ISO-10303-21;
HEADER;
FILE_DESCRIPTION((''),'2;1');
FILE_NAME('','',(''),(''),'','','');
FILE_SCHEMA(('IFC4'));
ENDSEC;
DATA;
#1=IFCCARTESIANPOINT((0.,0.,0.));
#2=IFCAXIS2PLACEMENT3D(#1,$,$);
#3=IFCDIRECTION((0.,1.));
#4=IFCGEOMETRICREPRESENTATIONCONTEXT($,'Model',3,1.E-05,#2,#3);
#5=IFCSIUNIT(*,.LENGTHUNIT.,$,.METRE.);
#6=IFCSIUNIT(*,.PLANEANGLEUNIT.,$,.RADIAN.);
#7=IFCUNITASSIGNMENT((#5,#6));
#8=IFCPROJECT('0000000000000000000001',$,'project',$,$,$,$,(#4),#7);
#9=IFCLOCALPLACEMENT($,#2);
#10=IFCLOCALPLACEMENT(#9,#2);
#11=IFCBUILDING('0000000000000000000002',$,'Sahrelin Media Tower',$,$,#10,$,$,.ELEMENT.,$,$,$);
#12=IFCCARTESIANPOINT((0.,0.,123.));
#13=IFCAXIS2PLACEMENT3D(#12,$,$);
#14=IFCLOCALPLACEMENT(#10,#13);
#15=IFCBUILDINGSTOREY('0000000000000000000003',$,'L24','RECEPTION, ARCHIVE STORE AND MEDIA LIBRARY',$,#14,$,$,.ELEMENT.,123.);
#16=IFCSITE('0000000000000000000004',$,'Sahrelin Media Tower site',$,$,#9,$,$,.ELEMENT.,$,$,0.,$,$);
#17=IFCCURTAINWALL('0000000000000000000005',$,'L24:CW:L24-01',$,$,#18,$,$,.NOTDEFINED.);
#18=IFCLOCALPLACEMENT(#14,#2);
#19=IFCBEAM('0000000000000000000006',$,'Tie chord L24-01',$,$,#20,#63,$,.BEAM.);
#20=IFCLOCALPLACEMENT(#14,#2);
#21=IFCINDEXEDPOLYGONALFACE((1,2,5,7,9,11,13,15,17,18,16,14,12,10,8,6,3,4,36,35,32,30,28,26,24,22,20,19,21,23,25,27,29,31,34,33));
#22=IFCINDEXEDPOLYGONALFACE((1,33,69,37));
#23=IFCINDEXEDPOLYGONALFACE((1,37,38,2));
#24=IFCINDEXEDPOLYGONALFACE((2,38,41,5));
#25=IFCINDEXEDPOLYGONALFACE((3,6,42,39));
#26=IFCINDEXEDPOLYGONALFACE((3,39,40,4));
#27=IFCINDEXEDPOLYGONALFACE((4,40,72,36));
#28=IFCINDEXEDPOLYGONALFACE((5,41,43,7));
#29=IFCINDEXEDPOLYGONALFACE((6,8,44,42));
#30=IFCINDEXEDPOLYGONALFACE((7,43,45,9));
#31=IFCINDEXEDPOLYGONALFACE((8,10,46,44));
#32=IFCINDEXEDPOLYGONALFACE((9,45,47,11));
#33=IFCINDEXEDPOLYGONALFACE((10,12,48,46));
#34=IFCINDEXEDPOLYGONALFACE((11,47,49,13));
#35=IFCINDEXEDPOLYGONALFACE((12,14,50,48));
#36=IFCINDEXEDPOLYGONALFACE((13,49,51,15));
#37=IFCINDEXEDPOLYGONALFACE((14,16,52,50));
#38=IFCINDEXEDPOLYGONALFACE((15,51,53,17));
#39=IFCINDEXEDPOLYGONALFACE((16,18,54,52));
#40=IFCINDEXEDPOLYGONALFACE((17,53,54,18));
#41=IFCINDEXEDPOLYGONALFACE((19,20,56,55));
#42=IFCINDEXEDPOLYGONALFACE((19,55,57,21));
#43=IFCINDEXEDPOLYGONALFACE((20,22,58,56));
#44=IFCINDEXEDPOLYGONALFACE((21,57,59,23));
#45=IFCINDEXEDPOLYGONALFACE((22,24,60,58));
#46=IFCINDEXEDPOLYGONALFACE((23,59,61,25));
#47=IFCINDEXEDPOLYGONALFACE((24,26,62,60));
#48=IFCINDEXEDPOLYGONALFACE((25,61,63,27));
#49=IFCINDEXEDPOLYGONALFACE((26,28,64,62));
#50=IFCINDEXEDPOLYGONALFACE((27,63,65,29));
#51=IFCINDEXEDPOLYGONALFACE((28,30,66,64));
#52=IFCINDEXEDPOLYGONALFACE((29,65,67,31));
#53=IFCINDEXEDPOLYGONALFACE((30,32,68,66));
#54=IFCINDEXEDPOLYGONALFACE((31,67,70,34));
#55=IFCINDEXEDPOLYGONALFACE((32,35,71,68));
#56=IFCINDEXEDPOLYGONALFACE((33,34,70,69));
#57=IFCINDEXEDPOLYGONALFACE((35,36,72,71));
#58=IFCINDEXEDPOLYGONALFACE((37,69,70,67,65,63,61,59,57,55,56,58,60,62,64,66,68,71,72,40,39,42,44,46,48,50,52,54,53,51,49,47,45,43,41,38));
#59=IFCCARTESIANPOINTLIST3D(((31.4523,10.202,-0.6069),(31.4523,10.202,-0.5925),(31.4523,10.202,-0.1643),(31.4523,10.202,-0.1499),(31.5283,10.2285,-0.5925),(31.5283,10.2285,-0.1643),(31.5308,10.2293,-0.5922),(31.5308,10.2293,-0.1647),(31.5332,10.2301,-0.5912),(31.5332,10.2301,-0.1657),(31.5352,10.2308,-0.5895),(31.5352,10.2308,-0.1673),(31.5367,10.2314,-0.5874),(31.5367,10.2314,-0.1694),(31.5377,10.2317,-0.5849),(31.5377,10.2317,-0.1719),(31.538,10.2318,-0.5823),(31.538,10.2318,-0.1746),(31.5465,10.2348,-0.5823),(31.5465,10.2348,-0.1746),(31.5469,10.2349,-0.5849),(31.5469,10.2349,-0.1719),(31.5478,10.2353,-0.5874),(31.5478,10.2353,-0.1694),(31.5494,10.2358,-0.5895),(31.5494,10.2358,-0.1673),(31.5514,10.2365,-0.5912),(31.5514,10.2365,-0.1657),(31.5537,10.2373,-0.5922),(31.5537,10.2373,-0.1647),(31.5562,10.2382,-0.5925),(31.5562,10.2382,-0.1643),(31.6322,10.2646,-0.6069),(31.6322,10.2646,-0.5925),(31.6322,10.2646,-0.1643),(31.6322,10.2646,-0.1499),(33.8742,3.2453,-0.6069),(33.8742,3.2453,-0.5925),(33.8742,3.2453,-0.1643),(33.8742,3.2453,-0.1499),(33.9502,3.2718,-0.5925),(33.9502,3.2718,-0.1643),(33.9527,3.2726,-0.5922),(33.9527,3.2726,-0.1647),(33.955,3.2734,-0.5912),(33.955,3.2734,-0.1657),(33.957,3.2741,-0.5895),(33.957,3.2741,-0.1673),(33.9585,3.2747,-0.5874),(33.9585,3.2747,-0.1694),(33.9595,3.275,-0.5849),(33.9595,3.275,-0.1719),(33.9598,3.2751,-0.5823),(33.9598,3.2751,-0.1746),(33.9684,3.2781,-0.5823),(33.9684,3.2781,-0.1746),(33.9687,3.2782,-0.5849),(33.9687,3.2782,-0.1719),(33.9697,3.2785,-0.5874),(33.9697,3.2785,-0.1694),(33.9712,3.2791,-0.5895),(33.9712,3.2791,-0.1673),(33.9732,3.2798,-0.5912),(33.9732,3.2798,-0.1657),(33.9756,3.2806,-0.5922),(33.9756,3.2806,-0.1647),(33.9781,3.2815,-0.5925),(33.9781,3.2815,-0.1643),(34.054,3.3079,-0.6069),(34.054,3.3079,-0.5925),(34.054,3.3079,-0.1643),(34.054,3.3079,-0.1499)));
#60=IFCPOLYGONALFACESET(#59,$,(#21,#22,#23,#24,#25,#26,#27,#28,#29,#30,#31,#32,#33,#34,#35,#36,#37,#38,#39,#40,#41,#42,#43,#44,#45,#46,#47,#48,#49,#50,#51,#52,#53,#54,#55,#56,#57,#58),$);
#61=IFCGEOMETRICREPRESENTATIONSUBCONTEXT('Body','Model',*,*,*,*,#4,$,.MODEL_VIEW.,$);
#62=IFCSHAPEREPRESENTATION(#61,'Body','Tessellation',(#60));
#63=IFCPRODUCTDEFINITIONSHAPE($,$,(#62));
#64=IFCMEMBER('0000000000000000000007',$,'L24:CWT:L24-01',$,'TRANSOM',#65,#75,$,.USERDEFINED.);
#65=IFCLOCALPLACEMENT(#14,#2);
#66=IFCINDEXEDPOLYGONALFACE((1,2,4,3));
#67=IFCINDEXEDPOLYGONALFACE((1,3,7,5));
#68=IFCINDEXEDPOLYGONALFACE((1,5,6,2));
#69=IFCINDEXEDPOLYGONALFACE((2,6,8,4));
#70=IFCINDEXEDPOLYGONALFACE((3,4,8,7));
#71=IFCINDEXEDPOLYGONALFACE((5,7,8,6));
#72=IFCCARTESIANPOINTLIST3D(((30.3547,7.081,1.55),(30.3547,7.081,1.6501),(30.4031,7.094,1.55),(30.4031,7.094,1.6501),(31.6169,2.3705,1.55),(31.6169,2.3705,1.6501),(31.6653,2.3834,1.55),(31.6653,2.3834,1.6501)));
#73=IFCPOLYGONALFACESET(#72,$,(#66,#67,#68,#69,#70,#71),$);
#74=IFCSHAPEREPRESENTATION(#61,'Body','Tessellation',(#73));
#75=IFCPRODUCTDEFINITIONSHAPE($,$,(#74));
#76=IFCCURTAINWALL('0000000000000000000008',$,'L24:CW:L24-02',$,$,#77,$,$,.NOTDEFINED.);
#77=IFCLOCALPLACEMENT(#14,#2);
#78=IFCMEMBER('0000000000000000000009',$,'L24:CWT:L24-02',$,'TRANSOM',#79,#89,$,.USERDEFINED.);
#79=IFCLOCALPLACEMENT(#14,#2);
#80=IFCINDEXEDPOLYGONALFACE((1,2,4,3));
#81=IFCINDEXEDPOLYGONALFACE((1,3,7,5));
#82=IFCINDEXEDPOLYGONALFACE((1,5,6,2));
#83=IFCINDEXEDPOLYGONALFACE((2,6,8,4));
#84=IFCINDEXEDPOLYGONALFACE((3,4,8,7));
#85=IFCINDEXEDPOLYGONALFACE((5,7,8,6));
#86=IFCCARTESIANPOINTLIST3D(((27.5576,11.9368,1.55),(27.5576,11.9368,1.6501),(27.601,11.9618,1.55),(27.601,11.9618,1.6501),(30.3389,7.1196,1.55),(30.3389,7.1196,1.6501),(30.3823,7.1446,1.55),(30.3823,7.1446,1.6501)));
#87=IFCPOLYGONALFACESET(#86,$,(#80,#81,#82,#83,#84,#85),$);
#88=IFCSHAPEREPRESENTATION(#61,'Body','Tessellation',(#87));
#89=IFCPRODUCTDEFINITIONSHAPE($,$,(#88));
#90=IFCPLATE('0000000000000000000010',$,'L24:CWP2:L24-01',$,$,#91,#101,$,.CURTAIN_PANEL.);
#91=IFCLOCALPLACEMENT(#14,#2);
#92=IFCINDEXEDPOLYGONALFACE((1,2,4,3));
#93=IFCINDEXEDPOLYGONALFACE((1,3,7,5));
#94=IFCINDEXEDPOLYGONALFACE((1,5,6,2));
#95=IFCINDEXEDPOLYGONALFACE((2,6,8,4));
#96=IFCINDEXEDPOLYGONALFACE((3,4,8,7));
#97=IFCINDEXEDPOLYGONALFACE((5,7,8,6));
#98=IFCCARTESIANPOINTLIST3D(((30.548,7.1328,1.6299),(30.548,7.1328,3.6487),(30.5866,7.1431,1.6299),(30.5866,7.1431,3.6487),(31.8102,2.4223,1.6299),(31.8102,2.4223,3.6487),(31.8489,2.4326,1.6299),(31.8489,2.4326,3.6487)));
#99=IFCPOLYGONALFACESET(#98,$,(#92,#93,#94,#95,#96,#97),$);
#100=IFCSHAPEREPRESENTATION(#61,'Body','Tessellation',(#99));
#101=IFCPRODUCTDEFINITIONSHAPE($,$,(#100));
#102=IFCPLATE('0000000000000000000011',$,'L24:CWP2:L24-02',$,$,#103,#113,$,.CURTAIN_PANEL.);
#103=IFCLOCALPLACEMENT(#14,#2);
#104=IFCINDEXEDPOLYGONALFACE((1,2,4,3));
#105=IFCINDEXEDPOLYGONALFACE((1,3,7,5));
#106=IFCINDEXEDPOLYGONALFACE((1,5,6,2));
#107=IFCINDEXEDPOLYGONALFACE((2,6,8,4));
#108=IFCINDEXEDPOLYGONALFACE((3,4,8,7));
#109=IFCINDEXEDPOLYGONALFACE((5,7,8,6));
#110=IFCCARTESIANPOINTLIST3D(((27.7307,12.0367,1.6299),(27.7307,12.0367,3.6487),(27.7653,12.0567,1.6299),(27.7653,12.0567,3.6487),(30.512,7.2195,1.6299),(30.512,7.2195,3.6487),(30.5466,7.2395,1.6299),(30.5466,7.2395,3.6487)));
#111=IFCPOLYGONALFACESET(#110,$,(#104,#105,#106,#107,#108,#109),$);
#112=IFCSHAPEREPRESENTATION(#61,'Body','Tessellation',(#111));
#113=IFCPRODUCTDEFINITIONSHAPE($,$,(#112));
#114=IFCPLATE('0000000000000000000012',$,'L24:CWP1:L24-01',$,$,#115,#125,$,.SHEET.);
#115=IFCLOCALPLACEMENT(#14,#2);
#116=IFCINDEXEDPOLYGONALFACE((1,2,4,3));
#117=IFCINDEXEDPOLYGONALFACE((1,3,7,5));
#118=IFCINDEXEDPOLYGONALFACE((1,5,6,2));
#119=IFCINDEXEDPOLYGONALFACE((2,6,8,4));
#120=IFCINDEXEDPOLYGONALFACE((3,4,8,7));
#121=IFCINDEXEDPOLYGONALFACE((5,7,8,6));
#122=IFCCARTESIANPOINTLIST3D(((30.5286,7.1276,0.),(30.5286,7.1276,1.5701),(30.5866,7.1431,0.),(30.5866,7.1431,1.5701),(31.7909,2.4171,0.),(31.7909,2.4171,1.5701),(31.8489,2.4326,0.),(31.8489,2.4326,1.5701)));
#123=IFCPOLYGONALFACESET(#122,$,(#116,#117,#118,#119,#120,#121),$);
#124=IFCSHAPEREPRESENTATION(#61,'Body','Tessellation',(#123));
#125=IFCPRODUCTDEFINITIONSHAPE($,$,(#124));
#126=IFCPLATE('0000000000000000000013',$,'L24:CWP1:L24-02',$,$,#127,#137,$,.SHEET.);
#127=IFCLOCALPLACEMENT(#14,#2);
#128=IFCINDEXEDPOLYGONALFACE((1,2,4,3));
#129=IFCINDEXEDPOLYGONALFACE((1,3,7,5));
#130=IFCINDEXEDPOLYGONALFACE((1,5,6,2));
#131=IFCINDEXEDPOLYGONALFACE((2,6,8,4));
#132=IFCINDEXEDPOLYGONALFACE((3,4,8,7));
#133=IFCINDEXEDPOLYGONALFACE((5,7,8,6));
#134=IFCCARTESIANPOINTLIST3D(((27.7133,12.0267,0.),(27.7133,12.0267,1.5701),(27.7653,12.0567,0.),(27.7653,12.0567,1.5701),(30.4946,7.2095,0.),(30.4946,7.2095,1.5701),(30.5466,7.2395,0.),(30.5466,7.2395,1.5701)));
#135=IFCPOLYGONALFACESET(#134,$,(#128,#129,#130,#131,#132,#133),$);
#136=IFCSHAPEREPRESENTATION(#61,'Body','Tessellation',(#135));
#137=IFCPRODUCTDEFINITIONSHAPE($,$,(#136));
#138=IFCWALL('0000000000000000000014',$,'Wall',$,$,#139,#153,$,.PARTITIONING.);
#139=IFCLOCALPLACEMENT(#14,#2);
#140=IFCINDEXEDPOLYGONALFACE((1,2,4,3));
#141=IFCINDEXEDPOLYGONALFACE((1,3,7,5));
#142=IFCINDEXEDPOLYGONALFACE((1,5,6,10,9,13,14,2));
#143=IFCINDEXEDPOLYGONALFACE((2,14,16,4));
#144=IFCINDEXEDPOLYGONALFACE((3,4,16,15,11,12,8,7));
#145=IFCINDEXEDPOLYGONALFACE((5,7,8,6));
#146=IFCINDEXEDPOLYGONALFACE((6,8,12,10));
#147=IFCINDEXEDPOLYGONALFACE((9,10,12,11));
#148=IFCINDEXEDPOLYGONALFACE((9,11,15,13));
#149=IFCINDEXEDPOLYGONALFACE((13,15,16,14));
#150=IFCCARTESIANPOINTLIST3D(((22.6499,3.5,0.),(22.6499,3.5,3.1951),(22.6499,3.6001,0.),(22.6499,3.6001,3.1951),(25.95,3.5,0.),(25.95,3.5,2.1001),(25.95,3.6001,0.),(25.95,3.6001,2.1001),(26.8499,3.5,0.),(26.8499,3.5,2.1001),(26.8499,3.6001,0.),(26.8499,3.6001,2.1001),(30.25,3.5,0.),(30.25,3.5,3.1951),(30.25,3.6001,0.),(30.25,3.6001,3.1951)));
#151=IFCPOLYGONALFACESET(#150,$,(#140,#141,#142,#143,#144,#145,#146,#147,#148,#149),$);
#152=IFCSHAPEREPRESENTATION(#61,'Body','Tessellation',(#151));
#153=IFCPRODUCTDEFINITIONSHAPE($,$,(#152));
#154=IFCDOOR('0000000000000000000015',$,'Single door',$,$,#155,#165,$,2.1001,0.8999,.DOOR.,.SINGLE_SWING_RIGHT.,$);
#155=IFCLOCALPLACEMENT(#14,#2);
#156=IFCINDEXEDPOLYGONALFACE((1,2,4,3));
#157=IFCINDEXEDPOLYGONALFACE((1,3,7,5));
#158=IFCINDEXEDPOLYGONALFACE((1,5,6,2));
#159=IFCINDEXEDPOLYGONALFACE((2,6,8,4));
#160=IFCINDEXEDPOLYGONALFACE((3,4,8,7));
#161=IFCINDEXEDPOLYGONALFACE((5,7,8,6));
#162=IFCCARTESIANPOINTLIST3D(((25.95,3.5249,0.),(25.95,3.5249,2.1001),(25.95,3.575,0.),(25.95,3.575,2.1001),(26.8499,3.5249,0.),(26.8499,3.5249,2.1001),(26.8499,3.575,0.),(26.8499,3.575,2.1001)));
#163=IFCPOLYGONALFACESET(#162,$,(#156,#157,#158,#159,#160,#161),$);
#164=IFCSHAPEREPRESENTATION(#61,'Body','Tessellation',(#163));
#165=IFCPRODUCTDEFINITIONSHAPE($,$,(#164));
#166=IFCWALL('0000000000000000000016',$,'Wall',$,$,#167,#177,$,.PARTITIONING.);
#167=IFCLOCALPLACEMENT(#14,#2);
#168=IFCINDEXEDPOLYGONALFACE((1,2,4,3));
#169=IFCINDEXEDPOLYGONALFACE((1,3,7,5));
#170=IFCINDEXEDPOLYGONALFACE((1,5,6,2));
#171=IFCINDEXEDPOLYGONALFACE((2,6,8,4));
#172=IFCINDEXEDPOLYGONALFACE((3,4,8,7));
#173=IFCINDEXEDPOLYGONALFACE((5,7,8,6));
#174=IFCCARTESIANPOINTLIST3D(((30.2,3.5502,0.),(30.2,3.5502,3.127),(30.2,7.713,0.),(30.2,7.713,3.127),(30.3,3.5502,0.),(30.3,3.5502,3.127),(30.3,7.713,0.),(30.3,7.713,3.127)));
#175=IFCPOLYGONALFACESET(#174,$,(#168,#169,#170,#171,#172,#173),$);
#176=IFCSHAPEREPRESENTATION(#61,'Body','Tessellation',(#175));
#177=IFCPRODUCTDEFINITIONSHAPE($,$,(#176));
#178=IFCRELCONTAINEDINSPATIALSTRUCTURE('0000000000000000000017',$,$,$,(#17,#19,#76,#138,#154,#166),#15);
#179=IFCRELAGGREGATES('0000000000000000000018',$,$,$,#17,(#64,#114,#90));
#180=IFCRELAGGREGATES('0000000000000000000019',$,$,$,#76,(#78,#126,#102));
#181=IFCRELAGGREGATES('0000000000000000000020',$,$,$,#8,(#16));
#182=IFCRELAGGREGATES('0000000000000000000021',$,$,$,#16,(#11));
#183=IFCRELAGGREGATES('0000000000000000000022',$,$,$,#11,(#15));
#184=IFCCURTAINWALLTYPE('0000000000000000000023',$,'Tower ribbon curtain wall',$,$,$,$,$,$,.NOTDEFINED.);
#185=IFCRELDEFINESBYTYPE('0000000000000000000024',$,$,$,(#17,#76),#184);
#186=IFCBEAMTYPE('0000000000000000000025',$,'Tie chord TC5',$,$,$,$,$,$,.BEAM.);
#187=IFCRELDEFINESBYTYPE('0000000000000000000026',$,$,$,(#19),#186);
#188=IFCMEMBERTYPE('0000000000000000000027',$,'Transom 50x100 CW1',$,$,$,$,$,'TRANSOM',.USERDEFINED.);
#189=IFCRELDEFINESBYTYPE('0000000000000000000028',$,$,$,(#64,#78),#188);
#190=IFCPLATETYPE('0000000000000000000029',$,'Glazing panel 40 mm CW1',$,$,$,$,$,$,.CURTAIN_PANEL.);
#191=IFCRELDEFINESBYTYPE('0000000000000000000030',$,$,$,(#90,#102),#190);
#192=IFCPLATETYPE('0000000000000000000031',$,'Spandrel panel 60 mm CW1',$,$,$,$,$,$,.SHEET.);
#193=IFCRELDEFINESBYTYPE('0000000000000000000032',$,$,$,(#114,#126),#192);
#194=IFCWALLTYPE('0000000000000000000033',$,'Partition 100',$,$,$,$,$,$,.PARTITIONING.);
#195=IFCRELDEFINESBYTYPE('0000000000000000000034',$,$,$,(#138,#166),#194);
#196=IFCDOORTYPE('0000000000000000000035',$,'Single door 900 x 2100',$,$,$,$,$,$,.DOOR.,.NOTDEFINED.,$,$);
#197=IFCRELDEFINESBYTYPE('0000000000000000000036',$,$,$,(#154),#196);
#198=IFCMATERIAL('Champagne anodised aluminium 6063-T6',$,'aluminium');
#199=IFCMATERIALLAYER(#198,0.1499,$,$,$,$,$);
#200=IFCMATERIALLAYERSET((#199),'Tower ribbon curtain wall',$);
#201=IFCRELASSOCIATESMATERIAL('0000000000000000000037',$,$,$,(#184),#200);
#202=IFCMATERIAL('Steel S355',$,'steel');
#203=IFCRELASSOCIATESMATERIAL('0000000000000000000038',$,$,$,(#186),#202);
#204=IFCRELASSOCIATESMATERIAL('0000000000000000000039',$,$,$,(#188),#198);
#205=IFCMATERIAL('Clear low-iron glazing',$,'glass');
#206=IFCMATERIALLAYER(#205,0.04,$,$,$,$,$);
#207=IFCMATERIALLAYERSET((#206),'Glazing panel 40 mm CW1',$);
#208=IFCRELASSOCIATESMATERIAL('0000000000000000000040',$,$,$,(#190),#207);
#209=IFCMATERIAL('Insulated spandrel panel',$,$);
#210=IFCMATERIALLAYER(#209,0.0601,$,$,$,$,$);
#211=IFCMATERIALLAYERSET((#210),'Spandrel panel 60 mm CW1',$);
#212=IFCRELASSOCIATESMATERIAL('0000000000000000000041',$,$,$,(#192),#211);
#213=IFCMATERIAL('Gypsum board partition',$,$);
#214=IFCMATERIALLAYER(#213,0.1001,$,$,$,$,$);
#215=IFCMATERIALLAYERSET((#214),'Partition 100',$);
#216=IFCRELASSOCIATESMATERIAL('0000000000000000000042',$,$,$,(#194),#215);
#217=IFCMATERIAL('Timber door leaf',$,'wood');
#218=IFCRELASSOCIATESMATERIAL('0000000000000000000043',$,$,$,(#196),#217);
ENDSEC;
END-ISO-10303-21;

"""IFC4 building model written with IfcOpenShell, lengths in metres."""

from ifc_helpers import new_model, si_unit, direction, frame, frame_2d, origin, origin_2d, place, context, subcontext, project, spatial, polyline, rectangle, i_section, outline, extrude, material, layer, layer_set, material_profile, profile_set, type_object, element, fill, aggregate, save


model = new_model("IFC4")

# Units and contexts
model_context = context("Model", 3, precision=1e-05, world=origin(), true_north=direction((0.0, 1.0)))
body_context = subcontext(model_context, "Body", "Model", "MODEL_VIEW")
ifc_project = project(units=[si_unit("LENGTHUNIT", "METRE"), si_unit("PLANEANGLEUNIT", "RADIAN")], contexts=[model_context])

# Site, building, storey
site_placement = place(None, origin())
site = spatial("IfcSite", under=ifc_project, at=site_placement, Name="Sahrelin Media Tower site", CompositionType="ELEMENT", RefElevation=0.0)
building_placement = place(site_placement, origin())
building = spatial("IfcBuilding", under=site, at=building_placement, Name="Sahrelin Media Tower", CompositionType="ELEMENT")
storey_placement = place(building_placement, frame((0.0, 0.0, 123.0)))
storey = spatial("IfcBuildingStorey", under=building, at=storey_placement, Name="L24", Description="RECEPTION, ARCHIVE STORE AND MEDIA LIBRARY", CompositionType="ELEMENT", Elevation=123.0)

# Shared definitions
ifc_material_1 = material(Name="Steel S355", Category="steel")

# Curtain wall
ifc_material_2 = material(Name="Champagne anodised aluminium 6063-T6", Category="aluminium")
ifc_layer_1 = layer(ifc_material_2, 0.1499)
ifc_layer_set_1 = layer_set([ifc_layer_1], Name="Tower ribbon curtain wall")
curtain_wall_type = type_object("IfcCurtainWallType", Name="Tower ribbon curtain wall", PredefinedType="NOTDEFINED", material=ifc_layer_set_1)
curtain_wall_1_placement = place(storey_placement, frame((31.1985, 4.7827, 0.0), z_axis=(0.0, 0.0, 1.0), x_axis=(1.0, 0.0, 0.0)))
curtain_wall_1 = element("IfcCurtainWall", 1, at=curtain_wall_1_placement, inside=storey, type_object=curtain_wall_type, Name="L24:CW:L24-01", PredefinedType="NOTDEFINED")

# Beam
ifc_material_profile_1 = material_profile(ifc_material_1, i_section(OverallWidth=0.1904, OverallDepth=0.457, WebThickness=0.009, FlangeThickness=0.0144, FilletRadius=0.0103, at=origin_2d()), Name="UB 457x191x74")
ifc_profile_set_1 = profile_set([ifc_material_profile_1], Name="Steel S355")
beam_type_1 = type_object("IfcBeamType", Name="Tie chord TC5", PredefinedType="BEAM", material=ifc_profile_set_1)
beam_1_placement = place(storey_placement, frame((33.9641, 3.2766, -0.3784), z_axis=(-0.328778, 0.944407, 0.0), x_axis=(-0.944407, -0.328778, 0.0)))
element("IfcBeam", 2, at=beam_1_placement, inside=storey, type_object=beam_type_1, Name="Tie chord L24-01", PredefinedType="BEAM", context=body_context, shape_type="SweptSolid", body=[
    extrude(i_section(OverallWidth=0.1904, OverallDepth=0.457, WebThickness=0.009, FlangeThickness=0.0144, FilletRadius=0.0103, at=origin_2d()), origin(), (0.0, 0.0, 1.0), 7.3662),
])

# Member
ifc_material_profile_2 = material_profile(ifc_material_2, rectangle(XDim=0.05, YDim=0.1001, at=origin_2d()), Name="Transom 50x100")
ifc_profile_set_2 = profile_set([ifc_material_profile_2], Name="Champagne anodised aluminium 6063-T6")
member_type_1 = type_object("IfcMemberType", Name="Transom 50x100 CW1", ElementType="TRANSOM", PredefinedType="USERDEFINED", material=ifc_profile_set_2)
member_1_placement = place(storey_placement, frame((31.6411, 2.377, 1.6001), z_axis=(-0.258828, 0.965923, 0.0), x_axis=(-0.965923, -0.258828, 0.0)))
member_1 = element("IfcMember", 3, at=member_1_placement, type_object=member_type_1, Name="L24:CWT:L24-01", ObjectType="TRANSOM", PredefinedType="USERDEFINED", context=body_context, shape_type="SweptSolid", body=[
    extrude(rectangle(XDim=0.05, YDim=0.1001, at=origin_2d()), origin(), (0.0, 0.0, 1.0), 4.8767),
])

# Curtain wall, member
curtain_wall_2_placement = place(storey_placement, frame((29.1389, 9.6382, 0.0), z_axis=(0.0, 0.0, 1.0), x_axis=(1.0, 0.0, 0.0)))
curtain_wall_2 = element("IfcCurtainWall", 4, at=curtain_wall_2_placement, inside=storey, type_object=curtain_wall_type, Name="L24:CW:L24-02", PredefinedType="NOTDEFINED")
member_2_placement = place(storey_placement, frame((30.3606, 7.1321, 1.6001), z_axis=(-0.50001, 0.86602, 0.0), x_axis=(-0.86602, -0.50001, 0.0)))
member_2 = element("IfcMember", 5, at=member_2_placement, type_object=member_type_1, Name="L24:CWT:L24-02", ObjectType="TRANSOM", PredefinedType="USERDEFINED", context=body_context, shape_type="SweptSolid", body=[
    extrude(rectangle(XDim=0.05, YDim=0.1001, at=origin_2d()), origin(), (0.0, 0.0, 1.0), 5.5625),
])

# Plates
ifc_material_3 = material(Name="Clear low-iron glazing", Category="glass")
ifc_layer_2 = layer(ifc_material_3, 0.04)
ifc_layer_set_2 = layer_set([ifc_layer_2], Name="Glazing panel 40 mm CW1")
plate_type_1 = type_object("IfcPlateType", Name="Glazing panel 40 mm CW1", PredefinedType="CURTAIN_PANEL", material=ifc_layer_set_2)
plate_1_placement = place(storey_placement, frame((31.8489, 2.4326, 1.6299), z_axis=(0.965923, 0.258828, 0.0), x_axis=(-0.258828, 0.965923, 0.0)))
plate_1 = element("IfcPlate", 6, at=plate_1_placement, type_object=plate_type_1, Name="L24:CWP2:L24-01", PredefinedType="CURTAIN_PANEL", context=body_context, shape_type="SweptSolid", body=[
    extrude(outline(polyline([(0.0, 0.0), (4.8767, 0.0), (4.8767, 2.0188), (0.0, 2.0188), (0.0, 0.0)])), origin(), (0.0, 0.0, -1.0), 0.04),
])
plate_2_placement = place(storey_placement, frame((30.5466, 7.2395, 1.6299), z_axis=(0.86602, 0.50001, 0.0), x_axis=(-0.50001, 0.86602, 0.0)))
plate_2 = element("IfcPlate", 7, at=plate_2_placement, type_object=plate_type_1, Name="L24:CWP2:L24-02", PredefinedType="CURTAIN_PANEL", context=body_context, shape_type="SweptSolid", body=[
    extrude(outline(polyline([(0.0, 0.0), (5.5625, 0.0), (5.5625, 2.0188), (0.0, 2.0188), (0.0, 0.0)])), origin(), (0.0, 0.0, -1.0), 0.04),
])
ifc_material_4 = material(Name="Insulated spandrel panel")
ifc_layer_3 = layer(ifc_material_4, 0.0601)
ifc_layer_set_3 = layer_set([ifc_layer_3], Name="Spandrel panel 60 mm CW1")
plate_type_2 = type_object("IfcPlateType", Name="Spandrel panel 60 mm CW1", PredefinedType="SHEET", material=ifc_layer_set_3)
plate_3_placement = place(storey_placement, frame((31.8489, 2.4326, 0.0), z_axis=(0.965923, 0.258828, 0.0), x_axis=(-0.258828, 0.965923, 0.0)))
plate_3 = element("IfcPlate", 8, at=plate_3_placement, type_object=plate_type_2, Name="L24:CWP1:L24-01", PredefinedType="SHEET", context=body_context, shape_type="SweptSolid", body=[
    extrude(outline(polyline([(0.0, 0.0), (4.8767, 0.0), (4.8767, 1.5701), (0.0, 1.5701), (0.0, 0.0)])), origin(), (0.0, 0.0, -1.0), 0.0601),
])
aggregate(curtain_wall_1, [member_1, plate_3, plate_1])
plate_4_placement = place(storey_placement, frame((30.5466, 7.2395, 0.0), z_axis=(0.86602, 0.50001, 0.0), x_axis=(-0.50001, 0.86602, 0.0)))
plate_4 = element("IfcPlate", 9, at=plate_4_placement, type_object=plate_type_2, Name="L24:CWP1:L24-02", PredefinedType="SHEET", context=body_context, shape_type="SweptSolid", body=[
    extrude(outline(polyline([(0.0, 0.0), (5.5625, 0.0), (5.5625, 1.5701), (0.0, 1.5701), (0.0, 0.0)])), origin(), (0.0, 0.0, -1.0), 0.0601),
])
aggregate(curtain_wall_2, [member_2, plate_4, plate_2])

# Wall, opening, door
ifc_material_5 = material(Name="Gypsum board partition")
ifc_layer_4 = layer(ifc_material_5, 0.1001)
ifc_layer_set_4 = layer_set([ifc_layer_4], Name="Partition 100")
wall_type = type_object("IfcWallType", Name="Partition 100", PredefinedType="PARTITIONING", material=ifc_layer_set_4)
wall_1_placement = place(storey_placement, frame((22.6499, 3.55, 0.0), z_axis=(0.0, 0.0, 1.0), x_axis=(1.0, 0.0, 0.0)))
wall_1 = element("IfcWall", 10, at=wall_1_placement, inside=storey, type_object=wall_type, Name="Wall", PredefinedType="PARTITIONING", context=body_context, shape_type="SweptSolid", body=[
    extrude(rectangle(XDim=7.6001, YDim=0.1001, at=frame_2d((3.8, 0.0))), origin(), (0.0, 0.0, 1.0), 3.1951),
])
opening_placement = place(wall_1_placement, frame((3.3, 0.0, 0.0)))
opening = element("IfcOpeningElement", 11, at=opening_placement, cuts=wall_1, PredefinedType="OPENING", context=body_context, shape_type="SweptSolid", body=[
    extrude(rectangle(XDim=0.8999, YDim=2.1001, at=frame_2d((0.45, 1.05))), frame((0.0, 0.05, 0.0), z_axis=(0.0, -1.0, 0.0), x_axis=(1.0, 0.0, 0.0)), (0.0, 0.0, 1.0), 0.1001),
])
ifc_material_6 = material(Name="Timber door leaf", Category="wood")
door_type = type_object("IfcDoorType", Name="Single door 900 x 2100", OperationType="NOTDEFINED", PredefinedType="DOOR", material=ifc_material_6)
door_placement = place(opening_placement, origin())
door = element("IfcDoor", 12, at=door_placement, inside=storey, type_object=door_type, Name="Single door", OperationType="SINGLE_SWING_RIGHT", OverallHeight=2.1001, OverallWidth=0.8999, PredefinedType="DOOR", context=body_context, shape_type="SweptSolid", body=[
    extrude(rectangle(XDim=0.8999, YDim=2.1001, at=frame_2d((0.45, 1.05))), frame((0.0, 0.0249, 0.0), z_axis=(0.0, -1.0, 0.0), x_axis=(1.0, 0.0, 0.0)), (0.0, 0.0, 1.0), 0.05),
])
fill(opening, door)

# Wall
wall_2_placement = place(storey_placement, frame((30.25, 3.55, 0.0), z_axis=(0.0, 0.0, 1.0), x_axis=(0.0, 1.0, 0.0)))
element("IfcWall", 13, at=wall_2_placement, inside=storey, type_object=wall_type, Name="Wall", PredefinedType="PARTITIONING", context=body_context, shape_type="SweptSolid", body=[
    extrude(rectangle(XDim=4.1628, YDim=0.1001, at=frame_2d((2.0815, 0.0))), origin(), (0.0, 0.0, 1.0), 3.127),
])

save(model, "model.ifc")
